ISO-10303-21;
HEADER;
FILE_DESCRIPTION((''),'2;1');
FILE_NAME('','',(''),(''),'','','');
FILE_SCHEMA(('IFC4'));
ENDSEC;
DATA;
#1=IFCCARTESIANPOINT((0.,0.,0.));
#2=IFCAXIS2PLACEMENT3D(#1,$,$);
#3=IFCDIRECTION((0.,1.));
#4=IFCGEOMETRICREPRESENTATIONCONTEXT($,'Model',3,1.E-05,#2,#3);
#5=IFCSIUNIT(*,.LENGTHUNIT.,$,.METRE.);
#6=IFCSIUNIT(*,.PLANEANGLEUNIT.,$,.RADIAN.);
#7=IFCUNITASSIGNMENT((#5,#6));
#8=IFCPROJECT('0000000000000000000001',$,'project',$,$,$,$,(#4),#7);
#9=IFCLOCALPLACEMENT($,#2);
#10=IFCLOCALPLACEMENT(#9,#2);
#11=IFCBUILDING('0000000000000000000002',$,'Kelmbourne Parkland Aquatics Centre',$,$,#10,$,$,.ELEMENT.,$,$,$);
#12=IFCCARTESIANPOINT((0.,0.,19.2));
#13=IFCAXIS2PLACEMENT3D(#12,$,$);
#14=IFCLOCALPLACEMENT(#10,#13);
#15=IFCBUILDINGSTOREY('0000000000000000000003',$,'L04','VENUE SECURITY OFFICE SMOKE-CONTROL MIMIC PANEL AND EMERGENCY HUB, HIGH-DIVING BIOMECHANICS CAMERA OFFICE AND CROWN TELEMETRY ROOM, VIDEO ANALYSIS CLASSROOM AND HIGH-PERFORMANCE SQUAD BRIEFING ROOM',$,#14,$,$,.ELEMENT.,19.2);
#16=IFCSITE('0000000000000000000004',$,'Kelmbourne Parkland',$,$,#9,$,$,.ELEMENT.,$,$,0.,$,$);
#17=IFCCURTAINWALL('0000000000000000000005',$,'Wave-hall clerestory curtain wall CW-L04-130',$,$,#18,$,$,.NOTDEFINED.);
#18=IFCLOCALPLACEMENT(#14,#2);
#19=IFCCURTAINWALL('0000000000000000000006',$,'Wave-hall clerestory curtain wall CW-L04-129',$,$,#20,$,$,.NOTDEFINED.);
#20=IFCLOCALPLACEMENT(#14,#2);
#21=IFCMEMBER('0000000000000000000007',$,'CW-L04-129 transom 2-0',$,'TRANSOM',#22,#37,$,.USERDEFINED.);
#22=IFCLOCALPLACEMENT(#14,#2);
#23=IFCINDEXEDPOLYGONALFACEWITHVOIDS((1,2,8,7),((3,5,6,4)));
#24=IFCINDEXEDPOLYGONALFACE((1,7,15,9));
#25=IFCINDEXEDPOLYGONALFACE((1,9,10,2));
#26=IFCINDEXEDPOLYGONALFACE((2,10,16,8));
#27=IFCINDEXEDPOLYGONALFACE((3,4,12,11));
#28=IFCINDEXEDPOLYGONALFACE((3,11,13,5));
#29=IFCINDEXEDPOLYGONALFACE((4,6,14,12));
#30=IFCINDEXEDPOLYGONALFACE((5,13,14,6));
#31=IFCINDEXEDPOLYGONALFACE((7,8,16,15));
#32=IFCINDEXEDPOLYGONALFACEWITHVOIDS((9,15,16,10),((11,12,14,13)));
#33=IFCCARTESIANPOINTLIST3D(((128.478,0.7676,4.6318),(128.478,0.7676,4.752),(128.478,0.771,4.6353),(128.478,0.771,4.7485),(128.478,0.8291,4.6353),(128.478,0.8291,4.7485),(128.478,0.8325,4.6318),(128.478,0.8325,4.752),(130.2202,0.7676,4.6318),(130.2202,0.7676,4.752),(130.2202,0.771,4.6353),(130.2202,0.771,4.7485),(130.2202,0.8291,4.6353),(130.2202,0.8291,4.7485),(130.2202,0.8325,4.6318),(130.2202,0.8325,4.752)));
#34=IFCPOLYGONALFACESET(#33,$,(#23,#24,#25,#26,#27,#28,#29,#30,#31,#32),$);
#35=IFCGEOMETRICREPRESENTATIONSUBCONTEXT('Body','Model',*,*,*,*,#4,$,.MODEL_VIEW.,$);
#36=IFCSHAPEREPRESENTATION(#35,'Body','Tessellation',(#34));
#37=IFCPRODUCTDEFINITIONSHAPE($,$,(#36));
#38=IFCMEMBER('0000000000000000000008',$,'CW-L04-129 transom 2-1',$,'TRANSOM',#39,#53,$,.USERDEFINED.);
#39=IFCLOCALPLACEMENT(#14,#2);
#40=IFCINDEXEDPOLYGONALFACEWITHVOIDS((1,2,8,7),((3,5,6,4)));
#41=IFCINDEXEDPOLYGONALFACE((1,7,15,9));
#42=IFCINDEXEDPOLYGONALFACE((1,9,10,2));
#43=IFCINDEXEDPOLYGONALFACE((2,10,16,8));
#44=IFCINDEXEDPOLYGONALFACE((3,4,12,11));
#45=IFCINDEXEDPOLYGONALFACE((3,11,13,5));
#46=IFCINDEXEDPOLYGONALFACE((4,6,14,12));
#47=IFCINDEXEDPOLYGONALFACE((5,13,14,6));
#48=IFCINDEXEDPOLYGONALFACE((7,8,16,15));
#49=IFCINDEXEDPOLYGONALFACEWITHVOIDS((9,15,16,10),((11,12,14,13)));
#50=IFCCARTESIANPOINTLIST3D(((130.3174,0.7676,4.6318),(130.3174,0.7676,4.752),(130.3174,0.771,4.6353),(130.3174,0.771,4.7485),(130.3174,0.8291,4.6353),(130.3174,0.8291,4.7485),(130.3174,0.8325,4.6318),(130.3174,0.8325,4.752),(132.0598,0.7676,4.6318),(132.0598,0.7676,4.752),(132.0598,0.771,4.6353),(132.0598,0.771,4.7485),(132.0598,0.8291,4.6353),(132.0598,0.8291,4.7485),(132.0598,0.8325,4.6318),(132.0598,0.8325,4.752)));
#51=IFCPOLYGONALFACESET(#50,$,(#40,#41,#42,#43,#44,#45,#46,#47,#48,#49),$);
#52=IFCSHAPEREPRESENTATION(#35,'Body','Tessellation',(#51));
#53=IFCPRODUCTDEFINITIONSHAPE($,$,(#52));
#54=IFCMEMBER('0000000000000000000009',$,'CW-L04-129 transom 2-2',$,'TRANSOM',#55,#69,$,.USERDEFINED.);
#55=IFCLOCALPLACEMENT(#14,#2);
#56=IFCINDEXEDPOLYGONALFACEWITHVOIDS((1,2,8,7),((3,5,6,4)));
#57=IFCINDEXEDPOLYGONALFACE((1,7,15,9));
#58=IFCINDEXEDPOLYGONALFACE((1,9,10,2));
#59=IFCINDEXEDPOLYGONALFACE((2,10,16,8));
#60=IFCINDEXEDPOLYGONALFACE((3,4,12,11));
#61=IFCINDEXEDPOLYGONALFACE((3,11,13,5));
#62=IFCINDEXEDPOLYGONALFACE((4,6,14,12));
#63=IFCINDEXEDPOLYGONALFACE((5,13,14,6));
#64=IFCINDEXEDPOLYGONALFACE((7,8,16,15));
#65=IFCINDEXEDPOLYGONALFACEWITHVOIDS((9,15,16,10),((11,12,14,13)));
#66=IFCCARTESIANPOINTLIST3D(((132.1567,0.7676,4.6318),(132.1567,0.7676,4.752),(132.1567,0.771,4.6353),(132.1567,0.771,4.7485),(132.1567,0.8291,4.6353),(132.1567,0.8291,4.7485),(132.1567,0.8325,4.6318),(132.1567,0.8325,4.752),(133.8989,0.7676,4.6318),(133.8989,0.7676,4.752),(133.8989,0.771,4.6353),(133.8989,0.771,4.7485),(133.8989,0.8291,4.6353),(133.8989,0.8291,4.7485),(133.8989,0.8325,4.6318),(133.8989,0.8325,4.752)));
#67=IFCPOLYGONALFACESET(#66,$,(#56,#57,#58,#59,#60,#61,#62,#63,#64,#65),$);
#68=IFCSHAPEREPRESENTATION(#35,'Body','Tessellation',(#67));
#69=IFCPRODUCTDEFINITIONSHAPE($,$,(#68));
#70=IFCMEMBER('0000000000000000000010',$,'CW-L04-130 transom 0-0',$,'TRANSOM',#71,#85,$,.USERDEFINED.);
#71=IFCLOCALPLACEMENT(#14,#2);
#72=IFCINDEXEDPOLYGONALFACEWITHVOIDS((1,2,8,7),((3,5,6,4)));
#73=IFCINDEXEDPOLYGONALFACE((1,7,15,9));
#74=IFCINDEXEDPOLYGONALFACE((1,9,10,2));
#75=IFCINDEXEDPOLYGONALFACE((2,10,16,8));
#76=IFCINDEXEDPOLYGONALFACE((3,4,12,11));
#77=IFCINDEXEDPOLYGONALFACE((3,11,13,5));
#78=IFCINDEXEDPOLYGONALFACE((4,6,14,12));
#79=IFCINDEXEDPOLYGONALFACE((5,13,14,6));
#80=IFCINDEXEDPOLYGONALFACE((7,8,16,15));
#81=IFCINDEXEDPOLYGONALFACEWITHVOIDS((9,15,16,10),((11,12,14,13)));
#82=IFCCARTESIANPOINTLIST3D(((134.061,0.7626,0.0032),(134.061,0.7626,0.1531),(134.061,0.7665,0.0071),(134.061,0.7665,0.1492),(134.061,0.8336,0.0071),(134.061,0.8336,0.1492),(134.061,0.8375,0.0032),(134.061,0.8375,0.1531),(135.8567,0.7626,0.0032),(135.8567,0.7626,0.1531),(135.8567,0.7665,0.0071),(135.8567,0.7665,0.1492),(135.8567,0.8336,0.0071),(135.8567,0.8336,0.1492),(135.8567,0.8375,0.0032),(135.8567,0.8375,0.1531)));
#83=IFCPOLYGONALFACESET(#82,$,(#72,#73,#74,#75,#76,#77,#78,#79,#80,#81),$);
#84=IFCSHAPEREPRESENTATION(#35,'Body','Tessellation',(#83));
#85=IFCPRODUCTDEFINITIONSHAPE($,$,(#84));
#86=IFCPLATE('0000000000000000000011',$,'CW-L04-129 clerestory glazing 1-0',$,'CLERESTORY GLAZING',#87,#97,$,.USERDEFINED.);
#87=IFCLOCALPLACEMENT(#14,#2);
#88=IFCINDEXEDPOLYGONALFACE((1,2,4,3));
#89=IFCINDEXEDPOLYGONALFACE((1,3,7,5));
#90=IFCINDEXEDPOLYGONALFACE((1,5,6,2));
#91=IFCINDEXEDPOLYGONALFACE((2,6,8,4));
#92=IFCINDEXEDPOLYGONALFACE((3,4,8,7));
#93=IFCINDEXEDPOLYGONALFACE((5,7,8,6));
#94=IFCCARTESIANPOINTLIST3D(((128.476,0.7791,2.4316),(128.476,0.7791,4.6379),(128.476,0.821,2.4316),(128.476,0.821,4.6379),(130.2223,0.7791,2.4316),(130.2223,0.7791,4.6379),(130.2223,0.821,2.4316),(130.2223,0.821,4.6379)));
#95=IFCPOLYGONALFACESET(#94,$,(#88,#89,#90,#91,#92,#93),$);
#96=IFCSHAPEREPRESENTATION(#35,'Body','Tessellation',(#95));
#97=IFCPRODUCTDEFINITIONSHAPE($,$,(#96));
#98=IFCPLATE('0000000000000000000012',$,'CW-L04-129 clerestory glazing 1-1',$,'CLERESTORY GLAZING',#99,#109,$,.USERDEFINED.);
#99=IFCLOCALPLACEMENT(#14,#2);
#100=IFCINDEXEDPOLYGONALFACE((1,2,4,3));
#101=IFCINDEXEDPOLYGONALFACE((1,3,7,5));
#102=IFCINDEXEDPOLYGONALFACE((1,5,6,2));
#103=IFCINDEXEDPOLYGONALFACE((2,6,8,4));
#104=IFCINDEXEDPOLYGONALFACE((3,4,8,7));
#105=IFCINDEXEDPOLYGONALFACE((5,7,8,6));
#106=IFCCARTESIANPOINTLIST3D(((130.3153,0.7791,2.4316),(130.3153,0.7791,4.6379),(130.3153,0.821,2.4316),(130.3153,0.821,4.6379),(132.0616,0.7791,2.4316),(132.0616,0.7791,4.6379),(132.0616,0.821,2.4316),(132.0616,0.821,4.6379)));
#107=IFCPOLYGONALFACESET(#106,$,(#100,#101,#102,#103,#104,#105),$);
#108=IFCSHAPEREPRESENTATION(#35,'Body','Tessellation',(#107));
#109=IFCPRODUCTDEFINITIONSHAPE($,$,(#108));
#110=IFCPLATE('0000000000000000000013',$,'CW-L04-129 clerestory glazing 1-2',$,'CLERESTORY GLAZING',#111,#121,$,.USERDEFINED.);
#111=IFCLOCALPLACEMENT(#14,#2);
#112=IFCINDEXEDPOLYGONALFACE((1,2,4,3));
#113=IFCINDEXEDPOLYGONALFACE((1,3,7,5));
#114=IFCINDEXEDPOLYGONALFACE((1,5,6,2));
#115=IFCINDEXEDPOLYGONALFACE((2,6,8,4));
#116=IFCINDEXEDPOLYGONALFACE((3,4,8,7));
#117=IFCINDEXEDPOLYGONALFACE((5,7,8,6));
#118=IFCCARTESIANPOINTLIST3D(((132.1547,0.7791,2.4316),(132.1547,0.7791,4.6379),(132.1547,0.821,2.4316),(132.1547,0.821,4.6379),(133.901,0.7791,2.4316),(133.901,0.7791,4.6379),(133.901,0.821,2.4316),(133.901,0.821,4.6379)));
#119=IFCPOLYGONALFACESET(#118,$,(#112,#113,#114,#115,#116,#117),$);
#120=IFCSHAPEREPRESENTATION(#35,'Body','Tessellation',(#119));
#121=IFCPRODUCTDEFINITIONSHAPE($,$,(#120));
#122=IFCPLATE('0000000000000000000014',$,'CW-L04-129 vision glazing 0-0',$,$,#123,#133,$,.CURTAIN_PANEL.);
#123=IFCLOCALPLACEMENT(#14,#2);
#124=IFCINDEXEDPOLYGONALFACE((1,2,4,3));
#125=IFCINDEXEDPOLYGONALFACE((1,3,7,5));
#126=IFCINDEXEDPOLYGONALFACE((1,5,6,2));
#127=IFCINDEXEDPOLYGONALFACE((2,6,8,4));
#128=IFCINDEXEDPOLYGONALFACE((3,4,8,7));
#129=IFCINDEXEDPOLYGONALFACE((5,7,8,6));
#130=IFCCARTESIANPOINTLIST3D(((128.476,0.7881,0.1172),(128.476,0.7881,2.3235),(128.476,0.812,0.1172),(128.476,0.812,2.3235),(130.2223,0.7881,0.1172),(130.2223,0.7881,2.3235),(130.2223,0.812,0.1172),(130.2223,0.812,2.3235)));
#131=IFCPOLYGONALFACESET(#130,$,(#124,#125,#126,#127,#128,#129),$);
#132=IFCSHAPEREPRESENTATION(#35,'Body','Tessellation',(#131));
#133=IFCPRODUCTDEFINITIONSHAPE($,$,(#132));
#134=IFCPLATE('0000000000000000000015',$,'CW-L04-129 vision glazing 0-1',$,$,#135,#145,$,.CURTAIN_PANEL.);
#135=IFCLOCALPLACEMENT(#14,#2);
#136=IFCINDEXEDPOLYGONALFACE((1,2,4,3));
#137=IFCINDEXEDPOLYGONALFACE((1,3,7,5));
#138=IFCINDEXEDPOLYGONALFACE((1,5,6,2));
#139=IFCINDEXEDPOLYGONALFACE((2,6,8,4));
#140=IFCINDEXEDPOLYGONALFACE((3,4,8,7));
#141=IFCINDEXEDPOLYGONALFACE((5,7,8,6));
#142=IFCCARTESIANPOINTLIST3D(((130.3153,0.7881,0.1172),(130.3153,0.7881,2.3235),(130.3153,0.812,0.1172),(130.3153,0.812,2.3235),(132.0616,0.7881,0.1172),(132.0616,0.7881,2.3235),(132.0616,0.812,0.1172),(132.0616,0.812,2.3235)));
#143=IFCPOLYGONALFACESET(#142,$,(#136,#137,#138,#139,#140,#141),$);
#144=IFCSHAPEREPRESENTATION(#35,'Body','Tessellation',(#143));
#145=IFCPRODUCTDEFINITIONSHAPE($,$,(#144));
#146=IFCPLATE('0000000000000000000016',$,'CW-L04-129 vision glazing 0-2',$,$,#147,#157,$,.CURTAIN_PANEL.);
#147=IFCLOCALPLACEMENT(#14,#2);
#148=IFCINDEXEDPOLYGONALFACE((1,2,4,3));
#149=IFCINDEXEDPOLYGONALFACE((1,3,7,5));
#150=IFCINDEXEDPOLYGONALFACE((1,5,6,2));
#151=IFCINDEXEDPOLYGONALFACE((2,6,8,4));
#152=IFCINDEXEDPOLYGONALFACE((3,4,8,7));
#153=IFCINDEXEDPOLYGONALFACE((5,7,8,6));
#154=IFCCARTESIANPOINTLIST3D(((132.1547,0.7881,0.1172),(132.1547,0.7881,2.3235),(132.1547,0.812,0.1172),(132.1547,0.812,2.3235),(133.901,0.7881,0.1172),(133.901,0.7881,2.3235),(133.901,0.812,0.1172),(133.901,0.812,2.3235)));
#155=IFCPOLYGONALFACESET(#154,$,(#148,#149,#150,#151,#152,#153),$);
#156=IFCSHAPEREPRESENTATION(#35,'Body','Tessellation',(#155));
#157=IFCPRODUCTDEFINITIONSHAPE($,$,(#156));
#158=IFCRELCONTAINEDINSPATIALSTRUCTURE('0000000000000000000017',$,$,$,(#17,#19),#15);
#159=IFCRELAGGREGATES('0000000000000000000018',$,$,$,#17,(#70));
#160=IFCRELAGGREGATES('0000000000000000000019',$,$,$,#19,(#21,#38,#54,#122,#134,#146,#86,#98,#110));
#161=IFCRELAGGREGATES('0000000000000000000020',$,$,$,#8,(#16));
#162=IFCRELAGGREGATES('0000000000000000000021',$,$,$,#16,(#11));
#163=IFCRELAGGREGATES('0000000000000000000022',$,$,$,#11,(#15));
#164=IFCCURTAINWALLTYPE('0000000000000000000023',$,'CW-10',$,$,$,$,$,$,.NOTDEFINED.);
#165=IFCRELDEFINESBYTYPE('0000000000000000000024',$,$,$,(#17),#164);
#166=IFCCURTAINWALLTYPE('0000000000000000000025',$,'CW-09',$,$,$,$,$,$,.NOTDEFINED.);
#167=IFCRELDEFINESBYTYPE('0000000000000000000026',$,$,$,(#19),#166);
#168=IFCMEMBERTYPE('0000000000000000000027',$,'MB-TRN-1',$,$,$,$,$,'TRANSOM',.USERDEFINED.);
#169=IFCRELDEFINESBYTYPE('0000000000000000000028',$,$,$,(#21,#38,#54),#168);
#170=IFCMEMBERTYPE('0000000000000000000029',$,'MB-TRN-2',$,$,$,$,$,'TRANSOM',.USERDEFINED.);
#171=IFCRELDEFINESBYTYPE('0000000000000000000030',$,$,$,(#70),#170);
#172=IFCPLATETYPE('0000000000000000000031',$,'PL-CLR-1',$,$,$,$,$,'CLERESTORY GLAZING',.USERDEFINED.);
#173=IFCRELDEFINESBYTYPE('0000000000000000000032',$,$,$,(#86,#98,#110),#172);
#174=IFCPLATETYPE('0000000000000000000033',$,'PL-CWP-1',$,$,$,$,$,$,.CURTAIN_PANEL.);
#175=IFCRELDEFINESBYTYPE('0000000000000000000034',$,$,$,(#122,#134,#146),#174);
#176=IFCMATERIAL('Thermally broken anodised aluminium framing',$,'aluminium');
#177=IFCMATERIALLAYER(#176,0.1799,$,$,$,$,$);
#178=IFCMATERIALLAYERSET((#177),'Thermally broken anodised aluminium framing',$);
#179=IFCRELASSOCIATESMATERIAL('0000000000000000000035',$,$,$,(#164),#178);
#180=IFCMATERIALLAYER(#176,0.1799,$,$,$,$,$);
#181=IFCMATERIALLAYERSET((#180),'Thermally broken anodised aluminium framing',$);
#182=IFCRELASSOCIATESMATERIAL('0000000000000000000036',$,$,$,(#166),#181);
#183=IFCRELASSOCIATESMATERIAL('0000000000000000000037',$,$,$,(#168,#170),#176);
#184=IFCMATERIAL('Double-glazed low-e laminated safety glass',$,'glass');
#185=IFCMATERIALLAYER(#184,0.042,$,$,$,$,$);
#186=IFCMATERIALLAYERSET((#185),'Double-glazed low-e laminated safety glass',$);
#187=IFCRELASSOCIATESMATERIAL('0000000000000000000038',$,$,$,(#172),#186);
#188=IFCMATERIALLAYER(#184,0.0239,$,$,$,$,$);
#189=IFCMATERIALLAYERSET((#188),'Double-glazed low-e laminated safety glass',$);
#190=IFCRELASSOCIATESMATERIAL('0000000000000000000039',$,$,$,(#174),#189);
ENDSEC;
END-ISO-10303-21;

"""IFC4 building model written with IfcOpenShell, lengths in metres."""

from ifc_helpers import new_model, si_unit, direction, frame, origin, origin_2d, place, context, subcontext, project, spatial, rectangle, hollow_rectangle, extrude, material, layer, layer_set, material_profile, profile_set, type_object, element, aggregate, save


model = new_model("IFC4")

# Units and contexts
model_context = context("Model", 3, precision=1e-05, world=origin(), true_north=direction((0.0, 1.0)))
body_context = subcontext(model_context, "Body", "Model", "MODEL_VIEW")
ifc_project = project(units=[si_unit("LENGTHUNIT", "METRE"), si_unit("PLANEANGLEUNIT", "RADIAN")], contexts=[model_context])

# Site, building, storey
site_placement = place(None, origin())
site = spatial("IfcSite", under=ifc_project, at=site_placement, Name="Kelmbourne Parkland", CompositionType="ELEMENT", RefElevation=0.0)
building_placement = place(site_placement, origin())
building = spatial("IfcBuilding", under=site, at=building_placement, Name="Kelmbourne Parkland Aquatics Centre", CompositionType="ELEMENT")
storey_placement = place(building_placement, frame((0.0, 0.0, 19.2)))
storey = spatial("IfcBuildingStorey", under=building, at=storey_placement, Name="L04", Description="VENUE SECURITY OFFICE SMOKE-CONTROL MIMIC PANEL AND EMERGENCY HUB, HIGH-DIVING BIOMECHANICS CAMERA OFFICE AND CROWN TELEMETRY ROOM, VIDEO ANALYSIS CLASSROOM AND HIGH-PERFORMANCE SQUAD BRIEFING ROOM", CompositionType="ELEMENT", Elevation=19.2)

# Curtain wall
ifc_material_1 = material(Name="Thermally broken anodised aluminium framing", Category="aluminium")
ifc_layer_1 = layer(ifc_material_1, 0.1799)
ifc_layer_set_1 = layer_set([ifc_layer_1], Name="Thermally broken anodised aluminium framing")
curtain_wall_type_1 = type_object("IfcCurtainWallType", Name="CW-10", PredefinedType="NOTDEFINED", material=ifc_layer_set_1)
curtain_wall_1_placement = place(storey_placement, origin())
curtain_wall_1 = element("IfcCurtainWall", 1, at=curtain_wall_1_placement, inside=storey, type_object=curtain_wall_type_1, Name="Wave-hall clerestory curtain wall CW-L04-130", PredefinedType="NOTDEFINED")

# Curtain wall, members
ifc_layer_2 = layer(ifc_material_1, 0.1799)
ifc_layer_set_2 = layer_set([ifc_layer_2], Name="Thermally broken anodised aluminium framing")
curtain_wall_type_2 = type_object("IfcCurtainWallType", Name="CW-09", PredefinedType="NOTDEFINED", material=ifc_layer_set_2)
curtain_wall_2_placement = place(storey_placement, origin())
curtain_wall_2 = element("IfcCurtainWall", 2, at=curtain_wall_2_placement, inside=storey, type_object=curtain_wall_type_2, Name="Wave-hall clerestory curtain wall CW-L04-129", PredefinedType="NOTDEFINED")
ifc_material_profile_1 = material_profile(ifc_material_1, hollow_rectangle(XDim=0.0649, YDim=0.1201, WallThickness=0.0034, at=origin_2d()), Name="CW-T 65x120")
ifc_profile_set_1 = profile_set([ifc_material_profile_1], Name="Thermally broken anodised aluminium framing")
member_type_1 = type_object("IfcMemberType", Name="MB-TRN-1", ElementType="TRANSOM", PredefinedType="USERDEFINED", material=ifc_profile_set_1)
member_1_placement = place(storey_placement, frame((128.478, 0.8, 4.6919), z_axis=(1.0, 0.0, 0.0), x_axis=(0.0, 1.0, 0.0)))
member_1 = element("IfcMember", 3, at=member_1_placement, type_object=member_type_1, Name="CW-L04-129 transom 2-0", ObjectType="TRANSOM", PredefinedType="USERDEFINED", context=body_context, shape_type="SweptSolid", body=[
    extrude(hollow_rectangle(XDim=0.0649, YDim=0.1201, WallThickness=0.0034, at=origin_2d()), origin(), (0.0, 0.0, 1.0), 1.7422),
])
member_2_placement = place(storey_placement, frame((130.3174, 0.8, 4.6919), z_axis=(1.0, 0.0, 0.0), x_axis=(0.0, 1.0, 0.0)))
member_2 = element("IfcMember", 4, at=member_2_placement, type_object=member_type_1, Name="CW-L04-129 transom 2-1", ObjectType="TRANSOM", PredefinedType="USERDEFINED", context=body_context, shape_type="SweptSolid", body=[
    extrude(hollow_rectangle(XDim=0.0649, YDim=0.1201, WallThickness=0.0034, at=origin_2d()), origin(), (0.0, 0.0, 1.0), 1.7424),
])
member_3_placement = place(storey_placement, frame((132.1567, 0.8, 4.6919), z_axis=(1.0, 0.0, 0.0), x_axis=(0.0, 1.0, 0.0)))
member_3 = element("IfcMember", 5, at=member_3_placement, type_object=member_type_1, Name="CW-L04-129 transom 2-2", ObjectType="TRANSOM", PredefinedType="USERDEFINED", context=body_context, shape_type="SweptSolid", body=[
    extrude(hollow_rectangle(XDim=0.0649, YDim=0.1201, WallThickness=0.0034, at=origin_2d()), origin(), (0.0, 0.0, 1.0), 1.7422),
])

# Member
ifc_material_profile_2 = material_profile(ifc_material_1, hollow_rectangle(XDim=0.075, YDim=0.1499, WallThickness=0.0039, at=origin_2d()), Name="CW-T 75x150")
ifc_profile_set_2 = profile_set([ifc_material_profile_2], Name="Thermally broken anodised aluminium framing")
member_type_2 = type_object("IfcMemberType", Name="MB-TRN-2", ElementType="TRANSOM", PredefinedType="USERDEFINED", material=ifc_profile_set_2)
member_4_placement = place(storey_placement, frame((134.061, 0.8, 0.0781), z_axis=(1.0, 0.0, 0.0), x_axis=(0.0, 1.0, 0.0)))
member_4 = element("IfcMember", 6, at=member_4_placement, type_object=member_type_2, Name="CW-L04-130 transom 0-0", ObjectType="TRANSOM", PredefinedType="USERDEFINED", context=body_context, shape_type="SweptSolid", body=[
    extrude(hollow_rectangle(XDim=0.075, YDim=0.1499, WallThickness=0.0039, at=origin_2d()), origin(), (0.0, 0.0, 1.0), 1.7957),
])
aggregate(curtain_wall_1, [member_4])

# Plates
ifc_material_2 = material(Name="Double-glazed low-e laminated safety glass", Category="glass")
ifc_layer_3 = layer(ifc_material_2, 0.042)
ifc_layer_set_3 = layer_set([ifc_layer_3], Name="Double-glazed low-e laminated safety glass")
plate_type_1 = type_object("IfcPlateType", Name="PL-CLR-1", ElementType="CLERESTORY GLAZING", PredefinedType="USERDEFINED", material=ifc_layer_set_3)
plate_1_placement = place(storey_placement, frame((129.3491, 0.8, 2.4316), z_axis=(0.0, 0.0, 1.0), x_axis=(1.0, 0.0, 0.0)))
plate_1 = element("IfcPlate", 7, at=plate_1_placement, type_object=plate_type_1, Name="CW-L04-129 clerestory glazing 1-0", ObjectType="CLERESTORY GLAZING", PredefinedType="USERDEFINED", context=body_context, shape_type="SweptSolid", body=[
    extrude(rectangle(XDim=1.7463, YDim=0.042, at=origin_2d()), origin(), (0.0, 0.0, 1.0), 2.2063),
])
plate_2_placement = place(storey_placement, frame((131.1885, 0.8, 2.4316), z_axis=(0.0, 0.0, 1.0), x_axis=(1.0, 0.0, 0.0)))
plate_2 = element("IfcPlate", 8, at=plate_2_placement, type_object=plate_type_1, Name="CW-L04-129 clerestory glazing 1-1", ObjectType="CLERESTORY GLAZING", PredefinedType="USERDEFINED", context=body_context, shape_type="SweptSolid", body=[
    extrude(rectangle(XDim=1.7463, YDim=0.042, at=origin_2d()), origin(), (0.0, 0.0, 1.0), 2.2063),
])
plate_3_placement = place(storey_placement, frame((133.0278, 0.8, 2.4316), z_axis=(0.0, 0.0, 1.0), x_axis=(1.0, 0.0, 0.0)))
plate_3 = element("IfcPlate", 9, at=plate_3_placement, type_object=plate_type_1, Name="CW-L04-129 clerestory glazing 1-2", ObjectType="CLERESTORY GLAZING", PredefinedType="USERDEFINED", context=body_context, shape_type="SweptSolid", body=[
    extrude(rectangle(XDim=1.7463, YDim=0.042, at=origin_2d()), origin(), (0.0, 0.0, 1.0), 2.2063),
])
ifc_layer_4 = layer(ifc_material_2, 0.0239)
ifc_layer_set_4 = layer_set([ifc_layer_4], Name="Double-glazed low-e laminated safety glass")
plate_type_2 = type_object("IfcPlateType", Name="PL-CWP-1", PredefinedType="CURTAIN_PANEL", material=ifc_layer_set_4)
plate_4_placement = place(storey_placement, frame((129.3491, 0.8, 0.1172), z_axis=(0.0, 0.0, 1.0), x_axis=(1.0, 0.0, 0.0)))
plate_4 = element("IfcPlate", 10, at=plate_4_placement, type_object=plate_type_2, Name="CW-L04-129 vision glazing 0-0", PredefinedType="CURTAIN_PANEL", context=body_context, shape_type="SweptSolid", body=[
    extrude(rectangle(XDim=1.7463, YDim=0.0239, at=origin_2d()), origin(), (0.0, 0.0, 1.0), 2.2063),
])
plate_5_placement = place(storey_placement, frame((131.1885, 0.8, 0.1172), z_axis=(0.0, 0.0, 1.0), x_axis=(1.0, 0.0, 0.0)))
plate_5 = element("IfcPlate", 11, at=plate_5_placement, type_object=plate_type_2, Name="CW-L04-129 vision glazing 0-1", PredefinedType="CURTAIN_PANEL", context=body_context, shape_type="SweptSolid", body=[
    extrude(rectangle(XDim=1.7463, YDim=0.0239, at=origin_2d()), origin(), (0.0, 0.0, 1.0), 2.2063),
])
plate_6_placement = place(storey_placement, frame((133.0278, 0.8, 0.1172), z_axis=(0.0, 0.0, 1.0), x_axis=(1.0, 0.0, 0.0)))
plate_6 = element("IfcPlate", 12, at=plate_6_placement, type_object=plate_type_2, Name="CW-L04-129 vision glazing 0-2", PredefinedType="CURTAIN_PANEL", context=body_context, shape_type="SweptSolid", body=[
    extrude(rectangle(XDim=1.7463, YDim=0.0239, at=origin_2d()), origin(), (0.0, 0.0, 1.0), 2.2063),
])
aggregate(curtain_wall_2, [member_1, member_2, member_3, plate_4, plate_5, plate_6, plate_1, plate_2, plate_3])

save(model, "model.ifc")
